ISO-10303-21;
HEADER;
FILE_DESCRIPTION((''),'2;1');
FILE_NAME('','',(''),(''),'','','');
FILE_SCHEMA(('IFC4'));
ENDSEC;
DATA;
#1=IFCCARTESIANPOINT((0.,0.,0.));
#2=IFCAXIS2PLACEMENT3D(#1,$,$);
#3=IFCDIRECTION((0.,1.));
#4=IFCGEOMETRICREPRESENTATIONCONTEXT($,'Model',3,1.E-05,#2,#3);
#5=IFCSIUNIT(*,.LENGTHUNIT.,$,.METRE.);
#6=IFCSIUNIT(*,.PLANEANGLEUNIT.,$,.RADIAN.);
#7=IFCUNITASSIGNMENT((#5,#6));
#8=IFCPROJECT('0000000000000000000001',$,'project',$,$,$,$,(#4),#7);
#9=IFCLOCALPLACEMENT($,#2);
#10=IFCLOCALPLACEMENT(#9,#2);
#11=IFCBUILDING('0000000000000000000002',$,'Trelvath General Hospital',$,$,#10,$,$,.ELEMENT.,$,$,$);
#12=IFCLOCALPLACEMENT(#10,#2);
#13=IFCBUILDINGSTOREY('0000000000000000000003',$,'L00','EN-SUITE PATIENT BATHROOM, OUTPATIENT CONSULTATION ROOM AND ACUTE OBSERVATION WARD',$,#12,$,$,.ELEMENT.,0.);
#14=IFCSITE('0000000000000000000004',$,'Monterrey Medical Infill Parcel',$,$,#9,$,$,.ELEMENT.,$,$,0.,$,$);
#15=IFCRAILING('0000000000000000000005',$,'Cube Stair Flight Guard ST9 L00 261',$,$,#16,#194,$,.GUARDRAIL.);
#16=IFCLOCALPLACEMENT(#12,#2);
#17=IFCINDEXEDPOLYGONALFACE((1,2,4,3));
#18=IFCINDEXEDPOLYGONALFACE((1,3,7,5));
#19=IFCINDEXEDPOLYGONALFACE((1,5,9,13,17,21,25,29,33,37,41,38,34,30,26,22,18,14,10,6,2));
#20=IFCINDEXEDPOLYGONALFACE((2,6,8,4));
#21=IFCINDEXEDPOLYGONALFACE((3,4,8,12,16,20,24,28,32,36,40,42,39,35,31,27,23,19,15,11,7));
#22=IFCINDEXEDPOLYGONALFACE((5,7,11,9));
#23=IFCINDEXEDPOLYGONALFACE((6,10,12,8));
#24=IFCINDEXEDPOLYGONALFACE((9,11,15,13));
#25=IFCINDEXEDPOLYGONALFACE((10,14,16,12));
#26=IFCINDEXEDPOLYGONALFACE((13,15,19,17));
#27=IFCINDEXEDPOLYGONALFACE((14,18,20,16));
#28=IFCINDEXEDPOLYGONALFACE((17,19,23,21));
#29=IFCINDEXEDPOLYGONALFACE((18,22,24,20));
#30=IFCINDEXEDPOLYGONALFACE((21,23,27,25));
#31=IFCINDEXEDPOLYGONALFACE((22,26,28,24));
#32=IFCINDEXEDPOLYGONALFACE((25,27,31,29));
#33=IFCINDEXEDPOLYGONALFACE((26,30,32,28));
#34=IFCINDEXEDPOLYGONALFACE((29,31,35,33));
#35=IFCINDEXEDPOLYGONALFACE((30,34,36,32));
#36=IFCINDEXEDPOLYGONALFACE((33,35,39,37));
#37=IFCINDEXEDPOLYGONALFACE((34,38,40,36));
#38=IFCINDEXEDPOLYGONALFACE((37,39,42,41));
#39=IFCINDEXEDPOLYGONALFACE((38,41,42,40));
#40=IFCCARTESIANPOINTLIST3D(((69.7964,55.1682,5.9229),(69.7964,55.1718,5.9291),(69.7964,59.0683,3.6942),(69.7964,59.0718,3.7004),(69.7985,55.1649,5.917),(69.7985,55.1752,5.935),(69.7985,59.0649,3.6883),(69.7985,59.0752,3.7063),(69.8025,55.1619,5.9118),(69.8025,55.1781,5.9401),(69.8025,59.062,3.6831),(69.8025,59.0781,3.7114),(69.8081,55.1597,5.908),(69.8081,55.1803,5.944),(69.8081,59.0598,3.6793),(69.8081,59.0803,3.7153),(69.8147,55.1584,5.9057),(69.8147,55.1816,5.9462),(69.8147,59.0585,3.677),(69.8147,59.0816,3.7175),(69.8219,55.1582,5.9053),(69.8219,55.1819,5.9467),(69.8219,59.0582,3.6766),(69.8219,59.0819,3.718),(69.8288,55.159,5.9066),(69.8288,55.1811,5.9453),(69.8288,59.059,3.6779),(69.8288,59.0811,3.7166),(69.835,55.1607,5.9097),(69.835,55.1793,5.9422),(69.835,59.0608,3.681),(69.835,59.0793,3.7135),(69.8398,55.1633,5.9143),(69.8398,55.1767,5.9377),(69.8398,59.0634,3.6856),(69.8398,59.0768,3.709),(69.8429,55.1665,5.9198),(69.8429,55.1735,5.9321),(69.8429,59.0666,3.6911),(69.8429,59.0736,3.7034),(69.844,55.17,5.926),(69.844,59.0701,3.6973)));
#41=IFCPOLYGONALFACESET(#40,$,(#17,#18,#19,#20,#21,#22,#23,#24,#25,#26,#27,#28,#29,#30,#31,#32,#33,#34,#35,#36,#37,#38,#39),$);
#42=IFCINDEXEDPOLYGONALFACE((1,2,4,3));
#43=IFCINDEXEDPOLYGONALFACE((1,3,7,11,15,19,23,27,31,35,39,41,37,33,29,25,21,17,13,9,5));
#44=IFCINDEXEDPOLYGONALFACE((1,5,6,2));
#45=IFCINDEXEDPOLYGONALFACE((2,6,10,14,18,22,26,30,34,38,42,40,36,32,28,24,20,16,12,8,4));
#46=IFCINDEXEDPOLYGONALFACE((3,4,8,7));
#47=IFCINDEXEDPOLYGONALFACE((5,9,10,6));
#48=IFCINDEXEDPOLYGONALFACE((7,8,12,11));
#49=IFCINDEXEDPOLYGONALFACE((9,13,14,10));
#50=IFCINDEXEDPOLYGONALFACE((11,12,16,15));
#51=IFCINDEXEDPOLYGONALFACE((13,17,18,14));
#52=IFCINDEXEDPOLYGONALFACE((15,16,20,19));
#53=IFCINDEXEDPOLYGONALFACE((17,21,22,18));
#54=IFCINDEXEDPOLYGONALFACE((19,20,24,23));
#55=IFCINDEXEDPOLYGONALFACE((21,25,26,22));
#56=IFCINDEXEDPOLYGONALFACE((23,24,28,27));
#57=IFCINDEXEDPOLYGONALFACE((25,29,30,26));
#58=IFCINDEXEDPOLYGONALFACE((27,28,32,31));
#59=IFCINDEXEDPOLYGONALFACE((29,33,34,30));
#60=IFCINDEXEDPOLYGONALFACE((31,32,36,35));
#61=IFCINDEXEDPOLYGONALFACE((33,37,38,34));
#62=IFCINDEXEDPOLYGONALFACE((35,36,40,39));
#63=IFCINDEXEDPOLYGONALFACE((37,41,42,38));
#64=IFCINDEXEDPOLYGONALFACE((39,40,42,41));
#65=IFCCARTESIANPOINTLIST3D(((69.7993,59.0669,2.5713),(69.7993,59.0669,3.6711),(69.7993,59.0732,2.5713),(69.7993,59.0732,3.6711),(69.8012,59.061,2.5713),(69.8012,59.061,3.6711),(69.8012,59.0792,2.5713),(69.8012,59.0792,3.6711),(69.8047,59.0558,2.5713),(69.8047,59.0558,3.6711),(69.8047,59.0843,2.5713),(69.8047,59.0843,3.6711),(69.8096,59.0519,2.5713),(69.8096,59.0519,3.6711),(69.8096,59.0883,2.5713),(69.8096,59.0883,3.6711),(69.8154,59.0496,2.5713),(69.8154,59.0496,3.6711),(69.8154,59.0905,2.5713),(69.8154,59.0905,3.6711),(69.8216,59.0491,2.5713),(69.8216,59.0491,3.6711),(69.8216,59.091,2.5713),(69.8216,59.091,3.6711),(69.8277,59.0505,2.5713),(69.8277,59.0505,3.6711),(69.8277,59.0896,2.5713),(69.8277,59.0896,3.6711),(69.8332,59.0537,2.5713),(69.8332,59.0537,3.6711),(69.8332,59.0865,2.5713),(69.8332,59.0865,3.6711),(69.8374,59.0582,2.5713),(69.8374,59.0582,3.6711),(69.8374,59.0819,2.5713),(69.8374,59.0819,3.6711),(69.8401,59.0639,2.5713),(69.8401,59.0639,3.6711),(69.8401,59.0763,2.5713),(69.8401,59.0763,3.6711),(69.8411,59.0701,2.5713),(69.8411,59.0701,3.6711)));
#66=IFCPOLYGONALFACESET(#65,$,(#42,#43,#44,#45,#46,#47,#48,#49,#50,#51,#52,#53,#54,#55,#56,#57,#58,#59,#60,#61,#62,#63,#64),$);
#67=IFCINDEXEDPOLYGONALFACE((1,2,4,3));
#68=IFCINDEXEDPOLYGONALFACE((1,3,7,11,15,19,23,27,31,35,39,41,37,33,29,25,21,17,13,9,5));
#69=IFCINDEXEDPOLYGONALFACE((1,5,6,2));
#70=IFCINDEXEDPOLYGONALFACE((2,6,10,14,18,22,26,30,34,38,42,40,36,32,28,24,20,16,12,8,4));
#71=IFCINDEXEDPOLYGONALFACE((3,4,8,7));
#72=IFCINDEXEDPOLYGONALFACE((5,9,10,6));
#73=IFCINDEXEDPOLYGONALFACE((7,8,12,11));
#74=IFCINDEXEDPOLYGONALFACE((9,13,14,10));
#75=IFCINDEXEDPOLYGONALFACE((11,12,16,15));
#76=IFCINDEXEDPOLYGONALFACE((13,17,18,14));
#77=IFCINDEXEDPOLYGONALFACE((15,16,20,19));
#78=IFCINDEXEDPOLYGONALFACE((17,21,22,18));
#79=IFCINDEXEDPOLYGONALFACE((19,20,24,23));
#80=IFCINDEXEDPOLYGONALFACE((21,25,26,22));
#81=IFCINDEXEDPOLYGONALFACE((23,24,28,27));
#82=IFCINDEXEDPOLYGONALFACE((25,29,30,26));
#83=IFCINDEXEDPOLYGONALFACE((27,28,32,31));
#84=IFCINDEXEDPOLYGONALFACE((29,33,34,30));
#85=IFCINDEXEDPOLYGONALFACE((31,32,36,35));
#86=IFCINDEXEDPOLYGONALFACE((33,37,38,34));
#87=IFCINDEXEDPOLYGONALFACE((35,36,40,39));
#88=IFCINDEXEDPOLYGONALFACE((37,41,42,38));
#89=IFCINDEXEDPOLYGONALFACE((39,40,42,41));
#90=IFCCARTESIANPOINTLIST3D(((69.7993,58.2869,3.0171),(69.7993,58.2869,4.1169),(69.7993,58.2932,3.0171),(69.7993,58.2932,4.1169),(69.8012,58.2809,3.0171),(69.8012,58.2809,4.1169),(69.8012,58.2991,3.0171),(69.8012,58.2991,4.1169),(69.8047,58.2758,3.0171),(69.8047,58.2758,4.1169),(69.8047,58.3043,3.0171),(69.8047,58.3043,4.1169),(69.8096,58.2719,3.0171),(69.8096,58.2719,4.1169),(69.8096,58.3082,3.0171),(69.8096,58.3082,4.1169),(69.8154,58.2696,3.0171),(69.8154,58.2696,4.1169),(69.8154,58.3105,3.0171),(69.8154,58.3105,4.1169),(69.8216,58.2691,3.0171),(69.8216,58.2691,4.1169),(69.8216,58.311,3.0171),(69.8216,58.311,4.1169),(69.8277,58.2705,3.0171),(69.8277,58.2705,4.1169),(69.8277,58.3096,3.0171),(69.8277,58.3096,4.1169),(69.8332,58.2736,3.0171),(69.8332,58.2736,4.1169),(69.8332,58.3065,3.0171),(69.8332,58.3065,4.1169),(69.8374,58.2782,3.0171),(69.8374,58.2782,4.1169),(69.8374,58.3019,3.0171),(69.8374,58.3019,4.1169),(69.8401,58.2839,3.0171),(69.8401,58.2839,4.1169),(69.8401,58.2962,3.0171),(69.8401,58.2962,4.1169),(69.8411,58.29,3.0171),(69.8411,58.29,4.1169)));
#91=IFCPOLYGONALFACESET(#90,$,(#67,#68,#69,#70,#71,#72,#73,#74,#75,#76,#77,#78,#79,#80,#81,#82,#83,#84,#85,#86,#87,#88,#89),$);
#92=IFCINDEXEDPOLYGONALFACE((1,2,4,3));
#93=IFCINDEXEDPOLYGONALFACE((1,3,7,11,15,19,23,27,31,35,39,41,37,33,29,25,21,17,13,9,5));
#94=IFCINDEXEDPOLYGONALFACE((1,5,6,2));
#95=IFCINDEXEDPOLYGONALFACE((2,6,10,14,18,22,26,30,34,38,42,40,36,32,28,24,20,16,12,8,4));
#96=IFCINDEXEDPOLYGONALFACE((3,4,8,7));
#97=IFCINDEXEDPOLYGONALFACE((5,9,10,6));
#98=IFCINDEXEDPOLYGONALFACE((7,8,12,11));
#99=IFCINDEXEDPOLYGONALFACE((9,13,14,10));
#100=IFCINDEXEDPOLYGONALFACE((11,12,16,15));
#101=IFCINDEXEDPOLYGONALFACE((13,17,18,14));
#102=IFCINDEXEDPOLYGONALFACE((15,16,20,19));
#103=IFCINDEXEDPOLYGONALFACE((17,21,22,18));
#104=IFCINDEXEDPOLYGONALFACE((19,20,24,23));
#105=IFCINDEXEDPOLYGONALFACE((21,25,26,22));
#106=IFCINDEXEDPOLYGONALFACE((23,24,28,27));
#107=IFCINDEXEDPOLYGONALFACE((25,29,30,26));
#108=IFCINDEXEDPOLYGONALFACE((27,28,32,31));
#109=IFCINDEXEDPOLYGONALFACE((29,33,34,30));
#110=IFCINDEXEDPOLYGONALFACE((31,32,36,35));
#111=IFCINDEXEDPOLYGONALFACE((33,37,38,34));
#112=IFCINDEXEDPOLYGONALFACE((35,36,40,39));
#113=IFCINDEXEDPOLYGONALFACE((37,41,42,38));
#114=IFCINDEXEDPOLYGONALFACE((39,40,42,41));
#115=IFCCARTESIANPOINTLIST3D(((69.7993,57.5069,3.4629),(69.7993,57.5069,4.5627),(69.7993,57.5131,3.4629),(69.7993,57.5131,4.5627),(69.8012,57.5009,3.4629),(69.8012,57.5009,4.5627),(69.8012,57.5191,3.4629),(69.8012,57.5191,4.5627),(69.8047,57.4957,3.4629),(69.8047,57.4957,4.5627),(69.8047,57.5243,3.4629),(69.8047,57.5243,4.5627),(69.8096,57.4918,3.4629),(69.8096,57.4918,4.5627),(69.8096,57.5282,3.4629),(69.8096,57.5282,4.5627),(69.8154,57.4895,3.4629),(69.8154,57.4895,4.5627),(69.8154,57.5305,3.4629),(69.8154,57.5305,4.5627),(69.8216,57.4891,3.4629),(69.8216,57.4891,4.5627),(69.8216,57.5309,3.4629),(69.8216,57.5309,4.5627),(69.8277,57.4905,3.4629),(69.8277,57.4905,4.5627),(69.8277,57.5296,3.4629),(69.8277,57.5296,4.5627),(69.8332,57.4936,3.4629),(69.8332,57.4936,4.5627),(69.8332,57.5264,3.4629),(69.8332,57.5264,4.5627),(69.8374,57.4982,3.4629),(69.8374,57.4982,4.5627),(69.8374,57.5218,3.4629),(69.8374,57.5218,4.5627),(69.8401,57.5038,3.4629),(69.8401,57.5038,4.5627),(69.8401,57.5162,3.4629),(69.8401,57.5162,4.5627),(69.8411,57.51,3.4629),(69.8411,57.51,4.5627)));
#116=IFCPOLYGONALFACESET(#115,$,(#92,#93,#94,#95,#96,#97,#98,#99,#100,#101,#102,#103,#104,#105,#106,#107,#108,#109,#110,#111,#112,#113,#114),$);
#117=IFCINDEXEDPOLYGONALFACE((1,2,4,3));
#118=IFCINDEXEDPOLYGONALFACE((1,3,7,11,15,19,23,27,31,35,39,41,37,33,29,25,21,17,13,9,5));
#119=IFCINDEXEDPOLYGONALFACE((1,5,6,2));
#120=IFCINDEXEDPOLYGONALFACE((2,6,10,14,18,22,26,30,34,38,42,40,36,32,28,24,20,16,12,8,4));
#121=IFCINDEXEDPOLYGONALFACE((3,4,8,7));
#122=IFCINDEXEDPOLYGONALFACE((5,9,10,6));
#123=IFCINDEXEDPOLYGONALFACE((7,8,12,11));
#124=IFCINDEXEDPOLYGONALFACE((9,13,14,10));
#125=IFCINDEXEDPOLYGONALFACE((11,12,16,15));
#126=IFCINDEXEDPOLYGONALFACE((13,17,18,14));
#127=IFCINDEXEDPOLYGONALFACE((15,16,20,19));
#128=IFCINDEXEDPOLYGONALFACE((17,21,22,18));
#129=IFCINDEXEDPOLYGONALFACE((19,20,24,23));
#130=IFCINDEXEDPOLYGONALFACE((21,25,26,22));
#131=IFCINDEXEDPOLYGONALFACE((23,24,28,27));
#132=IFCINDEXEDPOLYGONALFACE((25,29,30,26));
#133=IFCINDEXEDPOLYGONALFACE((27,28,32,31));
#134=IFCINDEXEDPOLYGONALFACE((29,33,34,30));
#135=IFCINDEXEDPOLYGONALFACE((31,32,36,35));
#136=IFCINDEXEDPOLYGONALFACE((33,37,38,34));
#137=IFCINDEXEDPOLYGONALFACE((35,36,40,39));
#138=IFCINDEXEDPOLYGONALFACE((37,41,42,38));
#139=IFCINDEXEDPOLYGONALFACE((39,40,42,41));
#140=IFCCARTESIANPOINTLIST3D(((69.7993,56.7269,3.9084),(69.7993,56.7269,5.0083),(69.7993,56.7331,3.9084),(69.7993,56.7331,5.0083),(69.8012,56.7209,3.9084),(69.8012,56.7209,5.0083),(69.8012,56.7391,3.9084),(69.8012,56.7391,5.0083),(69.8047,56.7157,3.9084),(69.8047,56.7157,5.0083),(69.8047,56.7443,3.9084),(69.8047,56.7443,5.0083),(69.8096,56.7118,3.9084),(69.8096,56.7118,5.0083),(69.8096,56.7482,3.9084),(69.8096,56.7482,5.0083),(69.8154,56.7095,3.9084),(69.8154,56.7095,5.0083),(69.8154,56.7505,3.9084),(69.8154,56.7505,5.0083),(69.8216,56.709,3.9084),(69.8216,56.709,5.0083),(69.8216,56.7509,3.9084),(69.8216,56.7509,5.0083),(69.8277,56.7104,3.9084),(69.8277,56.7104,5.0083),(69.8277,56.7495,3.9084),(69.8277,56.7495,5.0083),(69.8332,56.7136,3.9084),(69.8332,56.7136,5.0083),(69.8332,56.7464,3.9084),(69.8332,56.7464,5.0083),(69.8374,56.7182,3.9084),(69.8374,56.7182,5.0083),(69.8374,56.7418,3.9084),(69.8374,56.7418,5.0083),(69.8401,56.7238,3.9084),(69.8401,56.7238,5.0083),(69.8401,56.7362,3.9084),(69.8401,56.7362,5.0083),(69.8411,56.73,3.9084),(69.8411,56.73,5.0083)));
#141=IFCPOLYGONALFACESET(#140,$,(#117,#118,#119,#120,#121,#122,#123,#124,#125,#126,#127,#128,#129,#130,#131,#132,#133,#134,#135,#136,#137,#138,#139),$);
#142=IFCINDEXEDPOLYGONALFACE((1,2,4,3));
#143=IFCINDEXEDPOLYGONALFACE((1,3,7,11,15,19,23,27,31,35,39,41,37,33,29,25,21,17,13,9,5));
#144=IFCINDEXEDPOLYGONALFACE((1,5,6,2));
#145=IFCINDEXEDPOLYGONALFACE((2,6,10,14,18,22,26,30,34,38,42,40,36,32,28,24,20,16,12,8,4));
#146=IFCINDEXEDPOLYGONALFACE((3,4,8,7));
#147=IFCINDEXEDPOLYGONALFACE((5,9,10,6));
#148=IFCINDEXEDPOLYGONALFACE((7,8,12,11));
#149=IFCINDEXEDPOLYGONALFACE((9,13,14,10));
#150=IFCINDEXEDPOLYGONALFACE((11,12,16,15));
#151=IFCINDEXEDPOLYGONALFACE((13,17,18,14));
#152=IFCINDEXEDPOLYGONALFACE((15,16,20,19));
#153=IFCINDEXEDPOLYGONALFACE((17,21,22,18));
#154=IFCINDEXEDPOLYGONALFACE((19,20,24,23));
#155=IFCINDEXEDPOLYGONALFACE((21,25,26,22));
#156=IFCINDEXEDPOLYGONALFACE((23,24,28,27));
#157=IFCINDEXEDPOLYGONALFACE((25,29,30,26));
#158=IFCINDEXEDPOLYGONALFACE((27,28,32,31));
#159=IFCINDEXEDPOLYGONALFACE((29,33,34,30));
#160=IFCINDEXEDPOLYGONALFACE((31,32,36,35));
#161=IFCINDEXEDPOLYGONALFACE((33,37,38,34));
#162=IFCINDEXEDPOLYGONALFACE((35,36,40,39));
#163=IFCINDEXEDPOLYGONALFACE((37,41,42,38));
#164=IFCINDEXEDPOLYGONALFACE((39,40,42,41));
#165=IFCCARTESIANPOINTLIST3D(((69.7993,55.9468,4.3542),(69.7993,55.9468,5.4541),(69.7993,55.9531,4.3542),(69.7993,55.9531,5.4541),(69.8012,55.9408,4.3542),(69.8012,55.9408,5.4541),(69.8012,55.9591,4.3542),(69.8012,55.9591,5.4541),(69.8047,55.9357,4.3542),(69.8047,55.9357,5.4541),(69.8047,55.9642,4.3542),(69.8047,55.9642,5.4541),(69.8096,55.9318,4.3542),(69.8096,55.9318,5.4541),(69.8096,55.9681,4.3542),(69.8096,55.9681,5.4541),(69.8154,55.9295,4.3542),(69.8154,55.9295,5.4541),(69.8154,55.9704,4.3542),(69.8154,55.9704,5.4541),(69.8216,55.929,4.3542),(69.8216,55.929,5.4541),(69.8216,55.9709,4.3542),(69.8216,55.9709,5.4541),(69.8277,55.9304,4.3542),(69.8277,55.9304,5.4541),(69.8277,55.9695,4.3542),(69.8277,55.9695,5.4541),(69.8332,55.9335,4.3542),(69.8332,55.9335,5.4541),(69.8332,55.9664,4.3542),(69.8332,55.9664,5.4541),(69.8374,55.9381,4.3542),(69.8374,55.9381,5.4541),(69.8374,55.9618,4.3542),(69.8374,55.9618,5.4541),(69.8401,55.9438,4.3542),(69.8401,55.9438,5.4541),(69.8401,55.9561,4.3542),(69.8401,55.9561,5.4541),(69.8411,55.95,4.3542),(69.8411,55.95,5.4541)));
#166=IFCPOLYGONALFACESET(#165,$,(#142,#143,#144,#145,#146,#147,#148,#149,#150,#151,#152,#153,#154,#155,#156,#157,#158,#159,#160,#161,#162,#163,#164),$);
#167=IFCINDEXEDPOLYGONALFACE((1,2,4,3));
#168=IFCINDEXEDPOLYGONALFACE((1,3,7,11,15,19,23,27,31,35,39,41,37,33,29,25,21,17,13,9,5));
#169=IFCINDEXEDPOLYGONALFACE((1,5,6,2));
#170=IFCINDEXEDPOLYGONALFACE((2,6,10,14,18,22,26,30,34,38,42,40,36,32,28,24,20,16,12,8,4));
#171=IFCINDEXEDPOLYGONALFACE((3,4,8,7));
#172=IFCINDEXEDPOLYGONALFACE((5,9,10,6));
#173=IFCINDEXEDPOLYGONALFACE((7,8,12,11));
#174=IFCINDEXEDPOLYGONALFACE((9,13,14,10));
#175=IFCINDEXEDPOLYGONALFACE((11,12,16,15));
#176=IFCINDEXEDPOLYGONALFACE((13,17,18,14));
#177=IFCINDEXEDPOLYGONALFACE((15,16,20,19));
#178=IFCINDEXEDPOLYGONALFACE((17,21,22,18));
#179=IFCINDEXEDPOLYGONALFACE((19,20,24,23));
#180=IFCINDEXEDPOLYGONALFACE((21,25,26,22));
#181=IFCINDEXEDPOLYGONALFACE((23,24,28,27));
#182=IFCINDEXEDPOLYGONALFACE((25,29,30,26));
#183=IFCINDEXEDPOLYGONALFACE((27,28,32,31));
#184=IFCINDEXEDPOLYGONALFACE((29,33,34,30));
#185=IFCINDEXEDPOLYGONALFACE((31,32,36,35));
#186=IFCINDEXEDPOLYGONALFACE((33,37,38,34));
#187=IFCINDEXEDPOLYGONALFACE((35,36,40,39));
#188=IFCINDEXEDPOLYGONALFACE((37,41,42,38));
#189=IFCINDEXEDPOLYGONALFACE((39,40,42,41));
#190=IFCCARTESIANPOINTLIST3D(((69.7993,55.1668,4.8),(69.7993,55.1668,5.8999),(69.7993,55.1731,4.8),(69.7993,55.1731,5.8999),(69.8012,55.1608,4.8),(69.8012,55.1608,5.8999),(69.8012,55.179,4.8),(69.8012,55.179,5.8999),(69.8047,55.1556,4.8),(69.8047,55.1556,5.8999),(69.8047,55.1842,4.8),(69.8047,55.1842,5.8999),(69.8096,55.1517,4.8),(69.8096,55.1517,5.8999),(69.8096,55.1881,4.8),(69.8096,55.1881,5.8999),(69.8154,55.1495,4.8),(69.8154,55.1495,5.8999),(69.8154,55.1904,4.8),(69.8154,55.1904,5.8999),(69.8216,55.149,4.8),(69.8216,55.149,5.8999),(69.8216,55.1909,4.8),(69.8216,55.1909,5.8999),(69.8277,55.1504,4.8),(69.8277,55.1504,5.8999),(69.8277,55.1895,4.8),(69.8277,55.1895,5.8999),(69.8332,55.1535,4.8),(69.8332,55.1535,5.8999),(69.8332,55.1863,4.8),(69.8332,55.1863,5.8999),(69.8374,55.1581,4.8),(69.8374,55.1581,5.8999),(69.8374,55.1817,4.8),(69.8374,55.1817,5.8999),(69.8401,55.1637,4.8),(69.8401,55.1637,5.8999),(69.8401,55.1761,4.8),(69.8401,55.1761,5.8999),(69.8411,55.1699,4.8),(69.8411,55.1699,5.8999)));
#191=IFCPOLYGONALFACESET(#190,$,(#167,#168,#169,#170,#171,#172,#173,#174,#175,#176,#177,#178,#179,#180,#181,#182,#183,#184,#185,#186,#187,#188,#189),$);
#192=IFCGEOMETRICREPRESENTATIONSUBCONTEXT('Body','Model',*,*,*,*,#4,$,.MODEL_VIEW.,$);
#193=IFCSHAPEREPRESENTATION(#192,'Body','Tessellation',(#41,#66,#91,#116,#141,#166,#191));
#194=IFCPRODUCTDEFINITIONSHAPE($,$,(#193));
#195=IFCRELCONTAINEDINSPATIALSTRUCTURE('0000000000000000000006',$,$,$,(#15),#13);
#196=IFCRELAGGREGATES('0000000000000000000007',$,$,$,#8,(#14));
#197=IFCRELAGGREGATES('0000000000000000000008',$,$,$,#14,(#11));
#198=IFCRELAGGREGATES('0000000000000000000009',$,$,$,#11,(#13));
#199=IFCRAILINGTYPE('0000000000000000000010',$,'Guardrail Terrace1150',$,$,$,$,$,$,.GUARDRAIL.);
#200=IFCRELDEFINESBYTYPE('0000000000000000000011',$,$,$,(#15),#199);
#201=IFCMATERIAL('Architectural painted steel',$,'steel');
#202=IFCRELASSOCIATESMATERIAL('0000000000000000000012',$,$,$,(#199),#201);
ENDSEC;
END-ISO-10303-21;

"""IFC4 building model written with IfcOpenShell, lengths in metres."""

from ifc_helpers import new_model, si_unit, direction, frame, origin, origin_2d, place, context, subcontext, project, spatial, circle, extrude, material, type_object, element, save


model = new_model("IFC4")

# Units and contexts
model_context = context("Model", 3, precision=1e-05, world=origin(), true_north=direction((0.0, 1.0)))
body_context = subcontext(model_context, "Body", "Model", "MODEL_VIEW")
ifc_project = project(units=[si_unit("LENGTHUNIT", "METRE"), si_unit("PLANEANGLEUNIT", "RADIAN")], contexts=[model_context])

# Site, building, storey
site_placement = place(None, origin())
site = spatial("IfcSite", under=ifc_project, at=site_placement, Name="Monterrey Medical Infill Parcel", CompositionType="ELEMENT", RefElevation=0.0)
building_placement = place(site_placement, origin())
building = spatial("IfcBuilding", under=site, at=building_placement, Name="Trelvath General Hospital", CompositionType="ELEMENT")
storey_placement = place(building_placement, origin())
storey = spatial("IfcBuildingStorey", under=building, at=storey_placement, Name="L00", Description="EN-SUITE PATIENT BATHROOM, OUTPATIENT CONSULTATION ROOM AND ACUTE OBSERVATION WARD", CompositionType="ELEMENT", Elevation=0.0)

# Railing
ifc_material_1 = material(Name="Architectural painted steel", Category="steel")
railing_type = type_object("IfcRailingType", Name="Guardrail Terrace1150", PredefinedType="GUARDRAIL", material=ifc_material_1)
for number, where, name in (
    (1, (69.8201, 59.0701, 2.5713), "Cube Stair Flight Guard ST9 L00 261"),
):
    element("IfcRailing", number, at=place(storey_placement, frame(where)), inside=storey, type_object=railing_type, Name=name, PredefinedType="GUARDRAIL", context=body_context, shape_type="SweptSolid", body=[
        extrude(circle(Radius=0.0239, at=origin_2d()), frame((0.0, 0.0, 1.126), z_axis=(0.0, -0.868233, 0.496156), x_axis=(1.0, 0.0, 0.0)), (0.0, 0.0, 1.0), 4.4919),
        extrude(circle(Radius=0.021, at=origin_2d()), origin(), (0.0, 0.0, 1.0), 1.0999),
        extrude(circle(Radius=0.021, at=origin_2d()), frame((0.0, -0.78, 0.4458)), (0.0, 0.0, 1.0), 1.0999),
        extrude(circle(Radius=0.021, at=origin_2d()), frame((0.0, -1.5601, 0.8916)), (0.0, 0.0, 1.0), 1.0999),
        extrude(circle(Radius=0.021, at=origin_2d()), frame((0.0, -2.3401, 1.3372)), (0.0, 0.0, 1.0), 1.0999),
        extrude(circle(Radius=0.021, at=origin_2d()), frame((0.0, -3.1201, 1.783)), (0.0, 0.0, 1.0), 1.0999),
        extrude(circle(Radius=0.021, at=origin_2d()), frame((0.0, -3.9001, 2.2288)), (0.0, 0.0, 1.0), 1.0999),
    ])

save(model, "model.ifc")
